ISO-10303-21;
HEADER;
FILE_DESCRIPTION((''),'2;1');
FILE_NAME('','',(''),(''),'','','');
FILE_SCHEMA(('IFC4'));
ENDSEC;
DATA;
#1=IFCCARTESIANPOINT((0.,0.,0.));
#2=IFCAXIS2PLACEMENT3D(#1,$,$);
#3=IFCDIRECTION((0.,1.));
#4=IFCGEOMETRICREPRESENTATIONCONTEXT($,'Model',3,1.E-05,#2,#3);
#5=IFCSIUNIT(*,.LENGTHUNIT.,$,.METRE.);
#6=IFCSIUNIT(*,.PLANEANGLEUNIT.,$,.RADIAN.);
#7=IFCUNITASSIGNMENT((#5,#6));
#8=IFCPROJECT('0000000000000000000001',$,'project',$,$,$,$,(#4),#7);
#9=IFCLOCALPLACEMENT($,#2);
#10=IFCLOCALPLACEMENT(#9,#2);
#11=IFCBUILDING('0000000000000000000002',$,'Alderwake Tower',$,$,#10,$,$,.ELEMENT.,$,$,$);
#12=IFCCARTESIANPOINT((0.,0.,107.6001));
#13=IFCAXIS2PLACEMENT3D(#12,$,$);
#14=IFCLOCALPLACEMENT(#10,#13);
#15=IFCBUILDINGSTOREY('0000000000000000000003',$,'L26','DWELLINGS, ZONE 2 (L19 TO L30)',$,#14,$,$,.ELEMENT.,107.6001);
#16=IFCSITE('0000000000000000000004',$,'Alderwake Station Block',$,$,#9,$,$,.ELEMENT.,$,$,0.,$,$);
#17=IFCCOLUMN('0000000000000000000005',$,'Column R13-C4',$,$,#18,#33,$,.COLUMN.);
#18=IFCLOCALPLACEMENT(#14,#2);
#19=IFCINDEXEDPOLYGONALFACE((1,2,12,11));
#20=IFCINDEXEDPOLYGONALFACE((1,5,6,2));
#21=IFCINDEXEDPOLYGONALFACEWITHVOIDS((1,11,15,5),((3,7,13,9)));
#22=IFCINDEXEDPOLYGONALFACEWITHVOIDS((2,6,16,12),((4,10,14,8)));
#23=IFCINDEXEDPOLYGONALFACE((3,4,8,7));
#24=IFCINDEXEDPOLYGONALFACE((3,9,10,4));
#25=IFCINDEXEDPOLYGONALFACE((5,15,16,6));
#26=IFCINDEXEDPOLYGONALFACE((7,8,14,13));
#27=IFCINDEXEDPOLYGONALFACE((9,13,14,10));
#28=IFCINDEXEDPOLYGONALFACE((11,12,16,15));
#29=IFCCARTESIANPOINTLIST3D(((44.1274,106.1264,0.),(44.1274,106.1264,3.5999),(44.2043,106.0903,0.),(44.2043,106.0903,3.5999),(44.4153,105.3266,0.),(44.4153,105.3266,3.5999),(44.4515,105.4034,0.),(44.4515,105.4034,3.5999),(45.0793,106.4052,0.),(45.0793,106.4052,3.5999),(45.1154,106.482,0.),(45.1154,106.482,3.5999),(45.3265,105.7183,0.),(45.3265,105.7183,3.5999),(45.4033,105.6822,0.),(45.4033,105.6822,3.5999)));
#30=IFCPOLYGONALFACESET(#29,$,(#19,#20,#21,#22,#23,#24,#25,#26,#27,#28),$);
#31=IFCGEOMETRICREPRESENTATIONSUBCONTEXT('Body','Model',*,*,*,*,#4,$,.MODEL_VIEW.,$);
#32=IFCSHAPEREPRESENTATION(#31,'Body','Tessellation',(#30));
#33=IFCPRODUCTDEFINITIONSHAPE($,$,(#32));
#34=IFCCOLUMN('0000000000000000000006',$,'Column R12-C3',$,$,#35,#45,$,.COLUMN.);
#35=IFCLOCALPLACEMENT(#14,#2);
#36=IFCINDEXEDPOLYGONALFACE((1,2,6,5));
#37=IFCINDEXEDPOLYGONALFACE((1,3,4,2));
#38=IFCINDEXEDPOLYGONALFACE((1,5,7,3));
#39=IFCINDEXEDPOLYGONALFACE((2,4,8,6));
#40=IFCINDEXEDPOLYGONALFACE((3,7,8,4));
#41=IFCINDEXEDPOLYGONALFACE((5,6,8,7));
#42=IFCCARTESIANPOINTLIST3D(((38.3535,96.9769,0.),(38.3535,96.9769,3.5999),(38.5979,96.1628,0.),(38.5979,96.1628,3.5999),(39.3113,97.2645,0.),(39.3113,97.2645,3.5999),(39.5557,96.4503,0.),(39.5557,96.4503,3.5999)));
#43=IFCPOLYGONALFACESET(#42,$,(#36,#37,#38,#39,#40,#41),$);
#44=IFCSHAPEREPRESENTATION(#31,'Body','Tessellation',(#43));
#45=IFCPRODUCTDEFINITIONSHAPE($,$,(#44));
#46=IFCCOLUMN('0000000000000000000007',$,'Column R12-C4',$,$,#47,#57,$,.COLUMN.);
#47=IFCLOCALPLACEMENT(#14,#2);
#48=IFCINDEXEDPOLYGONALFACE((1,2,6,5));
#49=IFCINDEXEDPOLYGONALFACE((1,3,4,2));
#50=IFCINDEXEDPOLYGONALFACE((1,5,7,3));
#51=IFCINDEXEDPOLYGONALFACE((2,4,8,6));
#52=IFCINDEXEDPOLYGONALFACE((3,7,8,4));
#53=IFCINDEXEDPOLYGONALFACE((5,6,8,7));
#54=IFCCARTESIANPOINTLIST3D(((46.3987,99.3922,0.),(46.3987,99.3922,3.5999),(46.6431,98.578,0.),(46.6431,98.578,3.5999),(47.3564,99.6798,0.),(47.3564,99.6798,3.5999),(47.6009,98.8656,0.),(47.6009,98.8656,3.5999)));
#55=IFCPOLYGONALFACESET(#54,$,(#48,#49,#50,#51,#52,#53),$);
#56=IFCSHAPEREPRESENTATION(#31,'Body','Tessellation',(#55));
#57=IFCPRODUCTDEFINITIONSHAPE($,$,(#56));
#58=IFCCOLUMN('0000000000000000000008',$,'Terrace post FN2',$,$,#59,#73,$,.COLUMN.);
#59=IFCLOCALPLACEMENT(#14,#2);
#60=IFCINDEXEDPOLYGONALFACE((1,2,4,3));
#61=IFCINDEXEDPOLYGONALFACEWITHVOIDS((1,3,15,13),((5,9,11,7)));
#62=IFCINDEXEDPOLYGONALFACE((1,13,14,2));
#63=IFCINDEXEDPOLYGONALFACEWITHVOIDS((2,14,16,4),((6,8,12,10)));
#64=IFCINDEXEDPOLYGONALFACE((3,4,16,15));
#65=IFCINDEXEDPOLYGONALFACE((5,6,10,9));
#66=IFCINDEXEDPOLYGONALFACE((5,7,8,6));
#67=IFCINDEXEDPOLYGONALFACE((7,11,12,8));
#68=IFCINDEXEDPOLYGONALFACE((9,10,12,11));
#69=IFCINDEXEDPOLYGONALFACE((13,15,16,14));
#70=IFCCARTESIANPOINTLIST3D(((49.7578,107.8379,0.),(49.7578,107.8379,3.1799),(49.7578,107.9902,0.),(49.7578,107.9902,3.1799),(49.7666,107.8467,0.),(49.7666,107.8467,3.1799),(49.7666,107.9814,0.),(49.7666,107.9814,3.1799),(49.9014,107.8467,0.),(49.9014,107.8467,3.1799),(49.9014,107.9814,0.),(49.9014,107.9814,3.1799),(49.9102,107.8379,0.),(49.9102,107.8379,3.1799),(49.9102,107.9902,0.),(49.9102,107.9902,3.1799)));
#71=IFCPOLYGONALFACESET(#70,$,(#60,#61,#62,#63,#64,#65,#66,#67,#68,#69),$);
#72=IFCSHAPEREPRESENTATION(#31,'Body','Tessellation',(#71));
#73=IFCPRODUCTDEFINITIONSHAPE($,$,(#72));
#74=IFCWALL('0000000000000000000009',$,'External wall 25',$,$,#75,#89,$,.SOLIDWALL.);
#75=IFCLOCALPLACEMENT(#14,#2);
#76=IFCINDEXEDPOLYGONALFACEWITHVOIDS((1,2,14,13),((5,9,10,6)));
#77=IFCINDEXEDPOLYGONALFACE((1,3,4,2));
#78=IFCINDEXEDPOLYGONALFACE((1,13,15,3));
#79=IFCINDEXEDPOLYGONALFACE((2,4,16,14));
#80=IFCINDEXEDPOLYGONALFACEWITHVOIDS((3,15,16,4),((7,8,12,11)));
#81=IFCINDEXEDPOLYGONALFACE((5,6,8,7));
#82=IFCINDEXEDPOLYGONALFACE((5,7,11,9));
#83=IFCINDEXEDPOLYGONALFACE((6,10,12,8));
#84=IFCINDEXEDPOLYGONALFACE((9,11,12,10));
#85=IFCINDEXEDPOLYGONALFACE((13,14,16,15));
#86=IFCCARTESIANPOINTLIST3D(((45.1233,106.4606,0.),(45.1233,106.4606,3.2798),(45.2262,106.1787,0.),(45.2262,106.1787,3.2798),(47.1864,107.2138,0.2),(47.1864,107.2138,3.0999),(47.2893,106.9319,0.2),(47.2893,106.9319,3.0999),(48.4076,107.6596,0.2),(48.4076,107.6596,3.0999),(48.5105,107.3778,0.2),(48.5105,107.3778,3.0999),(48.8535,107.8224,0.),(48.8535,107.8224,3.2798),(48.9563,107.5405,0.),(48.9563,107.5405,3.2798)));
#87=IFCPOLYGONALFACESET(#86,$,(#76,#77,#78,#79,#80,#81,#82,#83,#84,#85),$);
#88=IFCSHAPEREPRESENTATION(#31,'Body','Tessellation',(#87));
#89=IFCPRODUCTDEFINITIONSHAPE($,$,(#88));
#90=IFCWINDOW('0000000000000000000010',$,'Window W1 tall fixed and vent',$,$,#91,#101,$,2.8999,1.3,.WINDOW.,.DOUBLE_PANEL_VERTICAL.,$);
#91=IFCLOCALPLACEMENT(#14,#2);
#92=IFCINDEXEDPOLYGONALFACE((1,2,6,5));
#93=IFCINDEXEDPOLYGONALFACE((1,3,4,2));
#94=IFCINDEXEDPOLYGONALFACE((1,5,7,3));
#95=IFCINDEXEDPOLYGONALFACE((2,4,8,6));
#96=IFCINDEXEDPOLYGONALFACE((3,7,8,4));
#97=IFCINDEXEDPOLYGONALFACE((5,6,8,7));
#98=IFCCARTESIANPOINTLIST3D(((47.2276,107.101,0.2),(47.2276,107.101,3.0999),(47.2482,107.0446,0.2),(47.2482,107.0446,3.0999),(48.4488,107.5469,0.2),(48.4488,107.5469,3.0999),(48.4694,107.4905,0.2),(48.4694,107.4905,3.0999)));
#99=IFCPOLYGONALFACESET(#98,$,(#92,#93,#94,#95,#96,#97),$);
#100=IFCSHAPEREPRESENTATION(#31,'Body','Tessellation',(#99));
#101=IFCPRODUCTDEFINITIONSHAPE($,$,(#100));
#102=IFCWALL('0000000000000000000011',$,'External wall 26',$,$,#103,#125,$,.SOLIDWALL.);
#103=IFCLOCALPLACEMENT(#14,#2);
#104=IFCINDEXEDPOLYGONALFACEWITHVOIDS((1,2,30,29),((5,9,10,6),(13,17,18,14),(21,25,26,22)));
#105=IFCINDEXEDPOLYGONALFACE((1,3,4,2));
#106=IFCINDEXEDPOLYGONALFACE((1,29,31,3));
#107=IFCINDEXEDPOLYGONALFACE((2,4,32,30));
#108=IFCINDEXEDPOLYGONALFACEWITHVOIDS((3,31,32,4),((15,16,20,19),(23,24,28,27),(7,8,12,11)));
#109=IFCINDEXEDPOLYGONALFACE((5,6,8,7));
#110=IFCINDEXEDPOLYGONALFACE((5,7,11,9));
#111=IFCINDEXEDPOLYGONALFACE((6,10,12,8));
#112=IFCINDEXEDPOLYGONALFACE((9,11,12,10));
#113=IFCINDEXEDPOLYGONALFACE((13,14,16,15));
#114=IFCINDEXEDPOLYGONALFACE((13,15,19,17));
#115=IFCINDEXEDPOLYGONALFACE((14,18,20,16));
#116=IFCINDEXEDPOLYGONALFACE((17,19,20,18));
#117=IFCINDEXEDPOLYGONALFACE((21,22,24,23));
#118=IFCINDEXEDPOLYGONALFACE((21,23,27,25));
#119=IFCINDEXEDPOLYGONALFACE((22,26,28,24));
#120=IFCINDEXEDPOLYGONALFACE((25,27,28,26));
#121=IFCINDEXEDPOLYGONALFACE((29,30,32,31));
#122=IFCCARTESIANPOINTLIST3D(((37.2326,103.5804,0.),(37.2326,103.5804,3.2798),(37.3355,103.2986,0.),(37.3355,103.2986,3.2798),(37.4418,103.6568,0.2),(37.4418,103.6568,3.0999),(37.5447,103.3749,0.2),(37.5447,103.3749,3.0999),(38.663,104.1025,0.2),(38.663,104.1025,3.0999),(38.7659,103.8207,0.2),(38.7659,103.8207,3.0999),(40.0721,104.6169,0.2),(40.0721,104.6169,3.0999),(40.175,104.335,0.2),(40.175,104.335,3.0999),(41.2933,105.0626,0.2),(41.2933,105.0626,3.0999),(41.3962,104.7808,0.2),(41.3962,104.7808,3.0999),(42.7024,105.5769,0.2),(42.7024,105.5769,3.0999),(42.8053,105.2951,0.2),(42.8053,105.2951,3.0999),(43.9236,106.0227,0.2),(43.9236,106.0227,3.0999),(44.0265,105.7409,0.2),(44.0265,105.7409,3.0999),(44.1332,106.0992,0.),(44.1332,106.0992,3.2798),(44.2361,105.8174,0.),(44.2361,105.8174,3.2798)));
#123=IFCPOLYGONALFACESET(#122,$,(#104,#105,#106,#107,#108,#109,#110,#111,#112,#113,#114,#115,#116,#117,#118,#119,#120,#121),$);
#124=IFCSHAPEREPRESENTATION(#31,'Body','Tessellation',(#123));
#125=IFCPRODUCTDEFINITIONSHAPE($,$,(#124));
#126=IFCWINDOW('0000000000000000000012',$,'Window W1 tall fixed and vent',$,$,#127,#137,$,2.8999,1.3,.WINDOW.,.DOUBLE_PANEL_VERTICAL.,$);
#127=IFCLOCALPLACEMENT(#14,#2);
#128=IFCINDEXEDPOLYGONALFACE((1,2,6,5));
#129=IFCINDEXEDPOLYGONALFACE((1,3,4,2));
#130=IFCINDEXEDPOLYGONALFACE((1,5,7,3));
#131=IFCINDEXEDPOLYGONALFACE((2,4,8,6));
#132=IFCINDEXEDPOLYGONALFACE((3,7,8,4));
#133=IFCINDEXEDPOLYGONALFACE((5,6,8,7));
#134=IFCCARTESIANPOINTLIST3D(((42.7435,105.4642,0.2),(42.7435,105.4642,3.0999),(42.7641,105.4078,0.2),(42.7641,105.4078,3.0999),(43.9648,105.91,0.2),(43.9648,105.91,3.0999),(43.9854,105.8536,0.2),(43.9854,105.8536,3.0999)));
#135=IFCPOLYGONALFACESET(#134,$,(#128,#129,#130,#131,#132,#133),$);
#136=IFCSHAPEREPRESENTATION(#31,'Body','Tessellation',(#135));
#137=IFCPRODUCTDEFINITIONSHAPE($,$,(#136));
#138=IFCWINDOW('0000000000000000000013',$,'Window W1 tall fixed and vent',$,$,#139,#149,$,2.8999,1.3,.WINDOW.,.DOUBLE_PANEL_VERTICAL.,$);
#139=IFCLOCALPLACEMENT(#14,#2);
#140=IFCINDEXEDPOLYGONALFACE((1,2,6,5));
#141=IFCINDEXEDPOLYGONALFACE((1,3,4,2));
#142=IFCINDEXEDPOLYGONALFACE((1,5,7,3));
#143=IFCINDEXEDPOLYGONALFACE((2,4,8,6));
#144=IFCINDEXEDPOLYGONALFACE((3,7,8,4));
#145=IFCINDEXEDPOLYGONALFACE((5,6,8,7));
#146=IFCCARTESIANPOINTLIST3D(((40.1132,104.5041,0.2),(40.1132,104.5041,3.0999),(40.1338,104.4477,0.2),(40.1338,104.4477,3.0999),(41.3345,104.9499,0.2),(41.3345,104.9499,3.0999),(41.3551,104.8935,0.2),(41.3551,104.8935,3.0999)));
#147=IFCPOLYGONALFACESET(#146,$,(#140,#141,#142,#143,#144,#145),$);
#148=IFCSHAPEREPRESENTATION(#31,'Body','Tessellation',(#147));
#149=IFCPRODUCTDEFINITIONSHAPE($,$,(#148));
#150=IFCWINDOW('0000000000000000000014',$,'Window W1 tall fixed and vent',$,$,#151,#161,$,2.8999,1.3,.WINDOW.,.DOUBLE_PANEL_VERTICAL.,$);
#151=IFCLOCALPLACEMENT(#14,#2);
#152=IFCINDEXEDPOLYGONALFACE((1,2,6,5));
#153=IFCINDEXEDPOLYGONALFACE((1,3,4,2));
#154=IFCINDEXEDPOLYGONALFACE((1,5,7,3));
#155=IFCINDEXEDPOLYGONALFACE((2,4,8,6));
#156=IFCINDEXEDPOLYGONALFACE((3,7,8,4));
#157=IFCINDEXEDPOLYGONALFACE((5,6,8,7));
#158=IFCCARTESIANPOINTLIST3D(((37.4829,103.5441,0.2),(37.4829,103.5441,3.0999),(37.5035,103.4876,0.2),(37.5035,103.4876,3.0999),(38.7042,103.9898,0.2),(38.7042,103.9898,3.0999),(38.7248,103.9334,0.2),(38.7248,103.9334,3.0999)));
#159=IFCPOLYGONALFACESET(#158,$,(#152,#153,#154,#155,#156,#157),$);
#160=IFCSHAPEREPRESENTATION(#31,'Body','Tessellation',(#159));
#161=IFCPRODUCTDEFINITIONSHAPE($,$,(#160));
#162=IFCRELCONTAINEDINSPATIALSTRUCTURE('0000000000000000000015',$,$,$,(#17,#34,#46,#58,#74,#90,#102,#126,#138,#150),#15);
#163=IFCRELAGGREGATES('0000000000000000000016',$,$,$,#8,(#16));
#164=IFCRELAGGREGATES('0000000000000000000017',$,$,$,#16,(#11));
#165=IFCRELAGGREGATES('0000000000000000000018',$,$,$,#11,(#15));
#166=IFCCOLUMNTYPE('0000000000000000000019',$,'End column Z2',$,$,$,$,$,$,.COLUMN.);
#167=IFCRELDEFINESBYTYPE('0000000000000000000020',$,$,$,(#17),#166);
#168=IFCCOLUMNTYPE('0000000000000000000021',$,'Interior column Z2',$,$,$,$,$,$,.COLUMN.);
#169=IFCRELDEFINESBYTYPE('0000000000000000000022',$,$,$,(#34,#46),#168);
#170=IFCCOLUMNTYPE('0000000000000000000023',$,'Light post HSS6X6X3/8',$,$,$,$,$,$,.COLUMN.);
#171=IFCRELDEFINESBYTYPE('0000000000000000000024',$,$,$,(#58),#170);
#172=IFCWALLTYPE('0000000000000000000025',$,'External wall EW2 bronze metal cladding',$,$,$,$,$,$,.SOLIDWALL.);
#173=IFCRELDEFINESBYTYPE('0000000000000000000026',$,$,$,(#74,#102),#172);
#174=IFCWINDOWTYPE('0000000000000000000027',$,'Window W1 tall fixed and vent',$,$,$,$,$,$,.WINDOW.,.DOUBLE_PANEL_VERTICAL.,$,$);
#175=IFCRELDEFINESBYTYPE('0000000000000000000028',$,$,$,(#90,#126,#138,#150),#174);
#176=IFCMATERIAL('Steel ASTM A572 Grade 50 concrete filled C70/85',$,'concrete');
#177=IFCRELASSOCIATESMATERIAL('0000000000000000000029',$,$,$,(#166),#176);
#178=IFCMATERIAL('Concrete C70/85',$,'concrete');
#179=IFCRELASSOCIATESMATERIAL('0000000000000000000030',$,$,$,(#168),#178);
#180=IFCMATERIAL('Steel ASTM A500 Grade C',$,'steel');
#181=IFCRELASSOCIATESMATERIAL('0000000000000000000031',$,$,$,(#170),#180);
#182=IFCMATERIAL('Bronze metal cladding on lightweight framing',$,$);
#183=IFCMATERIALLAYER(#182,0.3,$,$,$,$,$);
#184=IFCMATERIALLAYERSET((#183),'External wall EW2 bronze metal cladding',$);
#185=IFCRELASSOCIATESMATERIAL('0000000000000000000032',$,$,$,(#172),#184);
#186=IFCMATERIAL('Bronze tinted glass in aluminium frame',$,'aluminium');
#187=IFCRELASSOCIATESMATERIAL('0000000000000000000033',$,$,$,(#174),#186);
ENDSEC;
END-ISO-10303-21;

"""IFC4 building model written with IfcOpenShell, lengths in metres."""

from ifc_helpers import new_model, si_unit, direction, frame, frame_2d, origin, origin_2d, place, context, subcontext, project, spatial, rectangle, hollow_rectangle, extrude, material, layer, layer_set, material_profile, profile_set, type_object, element, fill, save


model = new_model("IFC4")

# Units and contexts
model_context = context("Model", 3, precision=1e-05, world=origin(), true_north=direction((0.0, 1.0)))
body_context = subcontext(model_context, "Body", "Model", "MODEL_VIEW")
ifc_project = project(units=[si_unit("LENGTHUNIT", "METRE"), si_unit("PLANEANGLEUNIT", "RADIAN")], contexts=[model_context])

# Site, building, storey
site_placement = place(None, origin())
site = spatial("IfcSite", under=ifc_project, at=site_placement, Name="Alderwake Station Block", CompositionType="ELEMENT", RefElevation=0.0)
building_placement = place(site_placement, origin())
building = spatial("IfcBuilding", under=site, at=building_placement, Name="Alderwake Tower", CompositionType="ELEMENT")
storey_placement = place(building_placement, frame((0.0, 0.0, 107.6001)))
storey = spatial("IfcBuildingStorey", under=building, at=storey_placement, Name="L26", Description="DWELLINGS, ZONE 2 (L19 TO L30)", CompositionType="ELEMENT", Elevation=107.6001)

# Columns
ifc_material_1 = material(Name="Steel ASTM A572 Grade 50 concrete filled C70/85", Category="concrete")
ifc_material_profile_1 = material_profile(ifc_material_1, hollow_rectangle(XDim=0.8501, YDim=1.05, WallThickness=0.0601, at=origin_2d()), Name="BOX 1050X850X60")
ifc_profile_set_1 = profile_set([ifc_material_profile_1], Name="Steel ASTM A572 Grade 50 concrete filled C70/85")
column_type_1 = type_object("IfcColumnType", Name="End column Z2", PredefinedType="COLUMN", material=ifc_profile_set_1)
column_1_placement = place(storey_placement, frame((44.7654, 105.9043, 0.0), z_axis=(0.0, 0.0, 1.0), x_axis=(-0.338644, 0.940914, 0.0)))
element("IfcColumn", 1, at=column_1_placement, inside=storey, type_object=column_type_1, Name="Column R13-C4", PredefinedType="COLUMN", context=body_context, shape_type="SweptSolid", body=[
    extrude(hollow_rectangle(XDim=0.8501, YDim=1.05, WallThickness=0.0601, at=origin_2d()), origin(), (0.0, 0.0, 1.0), 3.5999),
])
ifc_material_2 = material(Name="Concrete C70/85", Category="concrete")
ifc_material_profile_2 = material_profile(ifc_material_2, rectangle(XDim=0.8501, YDim=1.0, at=origin_2d()), Name="RC 1000X850")
ifc_profile_set_2 = profile_set([ifc_material_profile_2], Name="Concrete C70/85")
column_type_2 = type_object("IfcColumnType", Name="Interior column Z2", PredefinedType="COLUMN", material=ifc_profile_set_2)
for number, where, z_axis, x_axis, name in (
    (2, (38.9546, 96.7136, 0.0), (0.0, 0.0, 1.0), (-0.287549, 0.957766, 0.0), "Column R12-C3"),
    (3, (46.9998, 99.1289, 0.0), (0.0, 0.0, 1.0), (-0.287549, 0.957766, 0.0), "Column R12-C4"),
):
    element("IfcColumn", number, at=place(storey_placement, frame(where, z_axis=z_axis, x_axis=x_axis)), inside=storey, type_object=column_type_2, Name=name, PredefinedType="COLUMN", context=body_context, shape_type="SweptSolid", body=[
        extrude(rectangle(XDim=0.8501, YDim=1.0, at=origin_2d()), origin(), (0.0, 0.0, 1.0), 3.5999),
    ])
ifc_material_3 = material(Name="Steel ASTM A500 Grade C", Category="steel")
ifc_material_profile_3 = material_profile(ifc_material_3, hollow_rectangle(XDim=0.1523, YDim=0.1523, WallThickness=0.0088, at=origin_2d()), Name="HSS6X6X3/8")
ifc_profile_set_3 = profile_set([ifc_material_profile_3], Name="Steel ASTM A500 Grade C")
column_type_3 = type_object("IfcColumnType", Name="Light post HSS6X6X3/8", PredefinedType="COLUMN", material=ifc_profile_set_3)
column_2_placement = place(storey_placement, frame((49.834, 107.9141, 0.0), z_axis=(0.0, 0.0, 1.0), x_axis=(1.0, 0.0, 0.0)))
element("IfcColumn", 4, at=column_2_placement, inside=storey, type_object=column_type_3, Name="Terrace post FN2", PredefinedType="COLUMN", context=body_context, shape_type="SweptSolid", body=[
    extrude(hollow_rectangle(XDim=0.1523, YDim=0.1523, WallThickness=0.0088, at=origin_2d()), origin(), (0.0, 0.0, 1.0), 3.1799),
])

# Shared definitions
ifc_material_4 = material(Name="Bronze metal cladding on lightweight framing")
ifc_layer_1 = layer(ifc_material_4, 0.3)
ifc_layer_set_1 = layer_set([ifc_layer_1], Name="External wall EW2 bronze metal cladding")
wall_type_1 = type_object("IfcWallType", Name="External wall EW2 bronze metal cladding", PredefinedType="SOLIDWALL", material=ifc_layer_set_1)
ifc_material_5 = material(Name="Bronze tinted glass in aluminium frame", Category="aluminium")
window_type = type_object("IfcWindowType", Name="Window W1 tall fixed and vent", PartitioningType="DOUBLE_PANEL_VERTICAL", PredefinedType="WINDOW", material=ifc_material_5)

# Wall, opening, window
wall_1_placement = place(storey_placement, frame((48.9048, 107.6814, 0.0), z_axis=(0.0, 0.0, 1.0), x_axis=(-0.939358, -0.342937, 0.0)))
wall_1 = element("IfcWall", 5, at=wall_1_placement, inside=storey, type_object=wall_type_1, Name="External wall 25", PredefinedType="SOLIDWALL", context=body_context, shape_type="SweptSolid", body=[
    extrude(rectangle(XDim=3.9709, YDim=0.3, at=frame_2d((1.9854, 0.0))), origin(), (0.0, 0.0, 1.0), 3.2798),
])
opening_1_placement = place(wall_1_placement, frame((0.4746, 0.0, 0.2)))
opening_1 = element("IfcOpeningElement", 6, at=opening_1_placement, cuts=wall_1, PredefinedType="OPENING", context=body_context, shape_type="SweptSolid", body=[
    extrude(rectangle(XDim=1.3, YDim=2.8999, at=frame_2d((0.6499, 1.45))), frame((0.0, 0.1599, 0.0), z_axis=(0.0, -1.0, 0.0), x_axis=(1.0, 0.0, 0.0)), (0.0, 0.0, 1.0), 0.3201),
])
window_1_placement = place(opening_1_placement, origin())
window_1 = element("IfcWindow", 7, at=window_1_placement, inside=storey, type_object=window_type, Name="Window W1 tall fixed and vent", OverallHeight=2.8999, OverallWidth=1.3, PartitioningType="DOUBLE_PANEL_VERTICAL", PredefinedType="WINDOW", context=body_context, shape_type="SweptSolid", body=[
    extrude(rectangle(XDim=1.3, YDim=2.8999, at=frame_2d((0.6499, 1.45))), frame((0.0, 0.03, 0.0), z_axis=(0.0, -1.0, 0.0), x_axis=(1.0, 0.0, 0.0)), (0.0, 0.0, 1.0), 0.0601),
])
fill(opening_1, window_1)

# Wall, openings, windows
wall_2_placement = place(storey_placement, frame((44.1846, 105.9583, 0.0), z_axis=(0.0, 0.0, 1.0), x_axis=(-0.939378, -0.342882, 0.0)))
wall_2 = element("IfcWall", 8, at=wall_2_placement, inside=storey, type_object=wall_type_1, Name="External wall 26", PredefinedType="SOLIDWALL", context=body_context, shape_type="SweptSolid", body=[
    extrude(rectangle(XDim=7.3459, YDim=0.3, at=frame_2d((3.6729, 0.0))), origin(), (0.0, 0.0, 1.0), 3.2798),
])
opening_2_placement = place(wall_2_placement, frame((0.2231, 0.0, 0.2)))
opening_2 = element("IfcOpeningElement", 9, at=opening_2_placement, cuts=wall_2, PredefinedType="OPENING", context=body_context, shape_type="SweptSolid", body=[
    extrude(rectangle(XDim=1.3, YDim=2.8999, at=frame_2d((0.6499, 1.45))), frame((0.0, 0.1599, 0.0), z_axis=(0.0, -1.0, 0.0), x_axis=(1.0, 0.0, 0.0)), (0.0, 0.0, 1.0), 0.3201),
])
opening_3_placement = place(wall_2_placement, frame((3.0232, 0.0, 0.2)))
opening_3 = element("IfcOpeningElement", 10, at=opening_3_placement, cuts=wall_2, PredefinedType="OPENING", context=body_context, shape_type="SweptSolid", body=[
    extrude(rectangle(XDim=1.3, YDim=2.8999, at=frame_2d((0.6499, 1.45))), frame((0.0, 0.1599, 0.0), z_axis=(0.0, -1.0, 0.0), x_axis=(1.0, 0.0, 0.0)), (0.0, 0.0, 1.0), 0.3201),
])
opening_4_placement = place(wall_2_placement, frame((5.8232, 0.0, 0.2)))
opening_4 = element("IfcOpeningElement", 11, at=opening_4_placement, cuts=wall_2, PredefinedType="OPENING", context=body_context, shape_type="SweptSolid", body=[
    extrude(rectangle(XDim=1.3, YDim=2.8999, at=frame_2d((0.6499, 1.45))), frame((0.0, 0.1599, 0.0), z_axis=(0.0, -1.0, 0.0), x_axis=(1.0, 0.0, 0.0)), (0.0, 0.0, 1.0), 0.3201),
])
window_2_placement = place(opening_2_placement, origin())
window_2 = element("IfcWindow", 12, at=window_2_placement, inside=storey, type_object=window_type, Name="Window W1 tall fixed and vent", OverallHeight=2.8999, OverallWidth=1.3, PartitioningType="DOUBLE_PANEL_VERTICAL", PredefinedType="WINDOW", context=body_context, shape_type="SweptSolid", body=[
    extrude(rectangle(XDim=1.3, YDim=2.8999, at=frame_2d((0.6499, 1.45))), frame((0.0, 0.03, 0.0), z_axis=(0.0, -1.0, 0.0), x_axis=(1.0, 0.0, 0.0)), (0.0, 0.0, 1.0), 0.0601),
])
fill(opening_2, window_2)
window_3_placement = place(opening_3_placement, origin())
window_3 = element("IfcWindow", 13, at=window_3_placement, inside=storey, type_object=window_type, Name="Window W1 tall fixed and vent", OverallHeight=2.8999, OverallWidth=1.3, PartitioningType="DOUBLE_PANEL_VERTICAL", PredefinedType="WINDOW", context=body_context, shape_type="SweptSolid", body=[
    extrude(rectangle(XDim=1.3, YDim=2.8999, at=frame_2d((0.6499, 1.45))), frame((0.0, 0.03, 0.0), z_axis=(0.0, -1.0, 0.0), x_axis=(1.0, 0.0, 0.0)), (0.0, 0.0, 1.0), 0.0601),
])
fill(opening_3, window_3)
window_4_placement = place(opening_4_placement, origin())
window_4 = element("IfcWindow", 14, at=window_4_placement, inside=storey, type_object=window_type, Name="Window W1 tall fixed and vent", OverallHeight=2.8999, OverallWidth=1.3, PartitioningType="DOUBLE_PANEL_VERTICAL", PredefinedType="WINDOW", context=body_context, shape_type="SweptSolid", body=[
    extrude(rectangle(XDim=1.3, YDim=2.8999, at=frame_2d((0.6499, 1.45))), frame((0.0, 0.03, 0.0), z_axis=(0.0, -1.0, 0.0), x_axis=(1.0, 0.0, 0.0)), (0.0, 0.0, 1.0), 0.0601),
])
fill(opening_4, window_4)

save(model, "model.ifc")
